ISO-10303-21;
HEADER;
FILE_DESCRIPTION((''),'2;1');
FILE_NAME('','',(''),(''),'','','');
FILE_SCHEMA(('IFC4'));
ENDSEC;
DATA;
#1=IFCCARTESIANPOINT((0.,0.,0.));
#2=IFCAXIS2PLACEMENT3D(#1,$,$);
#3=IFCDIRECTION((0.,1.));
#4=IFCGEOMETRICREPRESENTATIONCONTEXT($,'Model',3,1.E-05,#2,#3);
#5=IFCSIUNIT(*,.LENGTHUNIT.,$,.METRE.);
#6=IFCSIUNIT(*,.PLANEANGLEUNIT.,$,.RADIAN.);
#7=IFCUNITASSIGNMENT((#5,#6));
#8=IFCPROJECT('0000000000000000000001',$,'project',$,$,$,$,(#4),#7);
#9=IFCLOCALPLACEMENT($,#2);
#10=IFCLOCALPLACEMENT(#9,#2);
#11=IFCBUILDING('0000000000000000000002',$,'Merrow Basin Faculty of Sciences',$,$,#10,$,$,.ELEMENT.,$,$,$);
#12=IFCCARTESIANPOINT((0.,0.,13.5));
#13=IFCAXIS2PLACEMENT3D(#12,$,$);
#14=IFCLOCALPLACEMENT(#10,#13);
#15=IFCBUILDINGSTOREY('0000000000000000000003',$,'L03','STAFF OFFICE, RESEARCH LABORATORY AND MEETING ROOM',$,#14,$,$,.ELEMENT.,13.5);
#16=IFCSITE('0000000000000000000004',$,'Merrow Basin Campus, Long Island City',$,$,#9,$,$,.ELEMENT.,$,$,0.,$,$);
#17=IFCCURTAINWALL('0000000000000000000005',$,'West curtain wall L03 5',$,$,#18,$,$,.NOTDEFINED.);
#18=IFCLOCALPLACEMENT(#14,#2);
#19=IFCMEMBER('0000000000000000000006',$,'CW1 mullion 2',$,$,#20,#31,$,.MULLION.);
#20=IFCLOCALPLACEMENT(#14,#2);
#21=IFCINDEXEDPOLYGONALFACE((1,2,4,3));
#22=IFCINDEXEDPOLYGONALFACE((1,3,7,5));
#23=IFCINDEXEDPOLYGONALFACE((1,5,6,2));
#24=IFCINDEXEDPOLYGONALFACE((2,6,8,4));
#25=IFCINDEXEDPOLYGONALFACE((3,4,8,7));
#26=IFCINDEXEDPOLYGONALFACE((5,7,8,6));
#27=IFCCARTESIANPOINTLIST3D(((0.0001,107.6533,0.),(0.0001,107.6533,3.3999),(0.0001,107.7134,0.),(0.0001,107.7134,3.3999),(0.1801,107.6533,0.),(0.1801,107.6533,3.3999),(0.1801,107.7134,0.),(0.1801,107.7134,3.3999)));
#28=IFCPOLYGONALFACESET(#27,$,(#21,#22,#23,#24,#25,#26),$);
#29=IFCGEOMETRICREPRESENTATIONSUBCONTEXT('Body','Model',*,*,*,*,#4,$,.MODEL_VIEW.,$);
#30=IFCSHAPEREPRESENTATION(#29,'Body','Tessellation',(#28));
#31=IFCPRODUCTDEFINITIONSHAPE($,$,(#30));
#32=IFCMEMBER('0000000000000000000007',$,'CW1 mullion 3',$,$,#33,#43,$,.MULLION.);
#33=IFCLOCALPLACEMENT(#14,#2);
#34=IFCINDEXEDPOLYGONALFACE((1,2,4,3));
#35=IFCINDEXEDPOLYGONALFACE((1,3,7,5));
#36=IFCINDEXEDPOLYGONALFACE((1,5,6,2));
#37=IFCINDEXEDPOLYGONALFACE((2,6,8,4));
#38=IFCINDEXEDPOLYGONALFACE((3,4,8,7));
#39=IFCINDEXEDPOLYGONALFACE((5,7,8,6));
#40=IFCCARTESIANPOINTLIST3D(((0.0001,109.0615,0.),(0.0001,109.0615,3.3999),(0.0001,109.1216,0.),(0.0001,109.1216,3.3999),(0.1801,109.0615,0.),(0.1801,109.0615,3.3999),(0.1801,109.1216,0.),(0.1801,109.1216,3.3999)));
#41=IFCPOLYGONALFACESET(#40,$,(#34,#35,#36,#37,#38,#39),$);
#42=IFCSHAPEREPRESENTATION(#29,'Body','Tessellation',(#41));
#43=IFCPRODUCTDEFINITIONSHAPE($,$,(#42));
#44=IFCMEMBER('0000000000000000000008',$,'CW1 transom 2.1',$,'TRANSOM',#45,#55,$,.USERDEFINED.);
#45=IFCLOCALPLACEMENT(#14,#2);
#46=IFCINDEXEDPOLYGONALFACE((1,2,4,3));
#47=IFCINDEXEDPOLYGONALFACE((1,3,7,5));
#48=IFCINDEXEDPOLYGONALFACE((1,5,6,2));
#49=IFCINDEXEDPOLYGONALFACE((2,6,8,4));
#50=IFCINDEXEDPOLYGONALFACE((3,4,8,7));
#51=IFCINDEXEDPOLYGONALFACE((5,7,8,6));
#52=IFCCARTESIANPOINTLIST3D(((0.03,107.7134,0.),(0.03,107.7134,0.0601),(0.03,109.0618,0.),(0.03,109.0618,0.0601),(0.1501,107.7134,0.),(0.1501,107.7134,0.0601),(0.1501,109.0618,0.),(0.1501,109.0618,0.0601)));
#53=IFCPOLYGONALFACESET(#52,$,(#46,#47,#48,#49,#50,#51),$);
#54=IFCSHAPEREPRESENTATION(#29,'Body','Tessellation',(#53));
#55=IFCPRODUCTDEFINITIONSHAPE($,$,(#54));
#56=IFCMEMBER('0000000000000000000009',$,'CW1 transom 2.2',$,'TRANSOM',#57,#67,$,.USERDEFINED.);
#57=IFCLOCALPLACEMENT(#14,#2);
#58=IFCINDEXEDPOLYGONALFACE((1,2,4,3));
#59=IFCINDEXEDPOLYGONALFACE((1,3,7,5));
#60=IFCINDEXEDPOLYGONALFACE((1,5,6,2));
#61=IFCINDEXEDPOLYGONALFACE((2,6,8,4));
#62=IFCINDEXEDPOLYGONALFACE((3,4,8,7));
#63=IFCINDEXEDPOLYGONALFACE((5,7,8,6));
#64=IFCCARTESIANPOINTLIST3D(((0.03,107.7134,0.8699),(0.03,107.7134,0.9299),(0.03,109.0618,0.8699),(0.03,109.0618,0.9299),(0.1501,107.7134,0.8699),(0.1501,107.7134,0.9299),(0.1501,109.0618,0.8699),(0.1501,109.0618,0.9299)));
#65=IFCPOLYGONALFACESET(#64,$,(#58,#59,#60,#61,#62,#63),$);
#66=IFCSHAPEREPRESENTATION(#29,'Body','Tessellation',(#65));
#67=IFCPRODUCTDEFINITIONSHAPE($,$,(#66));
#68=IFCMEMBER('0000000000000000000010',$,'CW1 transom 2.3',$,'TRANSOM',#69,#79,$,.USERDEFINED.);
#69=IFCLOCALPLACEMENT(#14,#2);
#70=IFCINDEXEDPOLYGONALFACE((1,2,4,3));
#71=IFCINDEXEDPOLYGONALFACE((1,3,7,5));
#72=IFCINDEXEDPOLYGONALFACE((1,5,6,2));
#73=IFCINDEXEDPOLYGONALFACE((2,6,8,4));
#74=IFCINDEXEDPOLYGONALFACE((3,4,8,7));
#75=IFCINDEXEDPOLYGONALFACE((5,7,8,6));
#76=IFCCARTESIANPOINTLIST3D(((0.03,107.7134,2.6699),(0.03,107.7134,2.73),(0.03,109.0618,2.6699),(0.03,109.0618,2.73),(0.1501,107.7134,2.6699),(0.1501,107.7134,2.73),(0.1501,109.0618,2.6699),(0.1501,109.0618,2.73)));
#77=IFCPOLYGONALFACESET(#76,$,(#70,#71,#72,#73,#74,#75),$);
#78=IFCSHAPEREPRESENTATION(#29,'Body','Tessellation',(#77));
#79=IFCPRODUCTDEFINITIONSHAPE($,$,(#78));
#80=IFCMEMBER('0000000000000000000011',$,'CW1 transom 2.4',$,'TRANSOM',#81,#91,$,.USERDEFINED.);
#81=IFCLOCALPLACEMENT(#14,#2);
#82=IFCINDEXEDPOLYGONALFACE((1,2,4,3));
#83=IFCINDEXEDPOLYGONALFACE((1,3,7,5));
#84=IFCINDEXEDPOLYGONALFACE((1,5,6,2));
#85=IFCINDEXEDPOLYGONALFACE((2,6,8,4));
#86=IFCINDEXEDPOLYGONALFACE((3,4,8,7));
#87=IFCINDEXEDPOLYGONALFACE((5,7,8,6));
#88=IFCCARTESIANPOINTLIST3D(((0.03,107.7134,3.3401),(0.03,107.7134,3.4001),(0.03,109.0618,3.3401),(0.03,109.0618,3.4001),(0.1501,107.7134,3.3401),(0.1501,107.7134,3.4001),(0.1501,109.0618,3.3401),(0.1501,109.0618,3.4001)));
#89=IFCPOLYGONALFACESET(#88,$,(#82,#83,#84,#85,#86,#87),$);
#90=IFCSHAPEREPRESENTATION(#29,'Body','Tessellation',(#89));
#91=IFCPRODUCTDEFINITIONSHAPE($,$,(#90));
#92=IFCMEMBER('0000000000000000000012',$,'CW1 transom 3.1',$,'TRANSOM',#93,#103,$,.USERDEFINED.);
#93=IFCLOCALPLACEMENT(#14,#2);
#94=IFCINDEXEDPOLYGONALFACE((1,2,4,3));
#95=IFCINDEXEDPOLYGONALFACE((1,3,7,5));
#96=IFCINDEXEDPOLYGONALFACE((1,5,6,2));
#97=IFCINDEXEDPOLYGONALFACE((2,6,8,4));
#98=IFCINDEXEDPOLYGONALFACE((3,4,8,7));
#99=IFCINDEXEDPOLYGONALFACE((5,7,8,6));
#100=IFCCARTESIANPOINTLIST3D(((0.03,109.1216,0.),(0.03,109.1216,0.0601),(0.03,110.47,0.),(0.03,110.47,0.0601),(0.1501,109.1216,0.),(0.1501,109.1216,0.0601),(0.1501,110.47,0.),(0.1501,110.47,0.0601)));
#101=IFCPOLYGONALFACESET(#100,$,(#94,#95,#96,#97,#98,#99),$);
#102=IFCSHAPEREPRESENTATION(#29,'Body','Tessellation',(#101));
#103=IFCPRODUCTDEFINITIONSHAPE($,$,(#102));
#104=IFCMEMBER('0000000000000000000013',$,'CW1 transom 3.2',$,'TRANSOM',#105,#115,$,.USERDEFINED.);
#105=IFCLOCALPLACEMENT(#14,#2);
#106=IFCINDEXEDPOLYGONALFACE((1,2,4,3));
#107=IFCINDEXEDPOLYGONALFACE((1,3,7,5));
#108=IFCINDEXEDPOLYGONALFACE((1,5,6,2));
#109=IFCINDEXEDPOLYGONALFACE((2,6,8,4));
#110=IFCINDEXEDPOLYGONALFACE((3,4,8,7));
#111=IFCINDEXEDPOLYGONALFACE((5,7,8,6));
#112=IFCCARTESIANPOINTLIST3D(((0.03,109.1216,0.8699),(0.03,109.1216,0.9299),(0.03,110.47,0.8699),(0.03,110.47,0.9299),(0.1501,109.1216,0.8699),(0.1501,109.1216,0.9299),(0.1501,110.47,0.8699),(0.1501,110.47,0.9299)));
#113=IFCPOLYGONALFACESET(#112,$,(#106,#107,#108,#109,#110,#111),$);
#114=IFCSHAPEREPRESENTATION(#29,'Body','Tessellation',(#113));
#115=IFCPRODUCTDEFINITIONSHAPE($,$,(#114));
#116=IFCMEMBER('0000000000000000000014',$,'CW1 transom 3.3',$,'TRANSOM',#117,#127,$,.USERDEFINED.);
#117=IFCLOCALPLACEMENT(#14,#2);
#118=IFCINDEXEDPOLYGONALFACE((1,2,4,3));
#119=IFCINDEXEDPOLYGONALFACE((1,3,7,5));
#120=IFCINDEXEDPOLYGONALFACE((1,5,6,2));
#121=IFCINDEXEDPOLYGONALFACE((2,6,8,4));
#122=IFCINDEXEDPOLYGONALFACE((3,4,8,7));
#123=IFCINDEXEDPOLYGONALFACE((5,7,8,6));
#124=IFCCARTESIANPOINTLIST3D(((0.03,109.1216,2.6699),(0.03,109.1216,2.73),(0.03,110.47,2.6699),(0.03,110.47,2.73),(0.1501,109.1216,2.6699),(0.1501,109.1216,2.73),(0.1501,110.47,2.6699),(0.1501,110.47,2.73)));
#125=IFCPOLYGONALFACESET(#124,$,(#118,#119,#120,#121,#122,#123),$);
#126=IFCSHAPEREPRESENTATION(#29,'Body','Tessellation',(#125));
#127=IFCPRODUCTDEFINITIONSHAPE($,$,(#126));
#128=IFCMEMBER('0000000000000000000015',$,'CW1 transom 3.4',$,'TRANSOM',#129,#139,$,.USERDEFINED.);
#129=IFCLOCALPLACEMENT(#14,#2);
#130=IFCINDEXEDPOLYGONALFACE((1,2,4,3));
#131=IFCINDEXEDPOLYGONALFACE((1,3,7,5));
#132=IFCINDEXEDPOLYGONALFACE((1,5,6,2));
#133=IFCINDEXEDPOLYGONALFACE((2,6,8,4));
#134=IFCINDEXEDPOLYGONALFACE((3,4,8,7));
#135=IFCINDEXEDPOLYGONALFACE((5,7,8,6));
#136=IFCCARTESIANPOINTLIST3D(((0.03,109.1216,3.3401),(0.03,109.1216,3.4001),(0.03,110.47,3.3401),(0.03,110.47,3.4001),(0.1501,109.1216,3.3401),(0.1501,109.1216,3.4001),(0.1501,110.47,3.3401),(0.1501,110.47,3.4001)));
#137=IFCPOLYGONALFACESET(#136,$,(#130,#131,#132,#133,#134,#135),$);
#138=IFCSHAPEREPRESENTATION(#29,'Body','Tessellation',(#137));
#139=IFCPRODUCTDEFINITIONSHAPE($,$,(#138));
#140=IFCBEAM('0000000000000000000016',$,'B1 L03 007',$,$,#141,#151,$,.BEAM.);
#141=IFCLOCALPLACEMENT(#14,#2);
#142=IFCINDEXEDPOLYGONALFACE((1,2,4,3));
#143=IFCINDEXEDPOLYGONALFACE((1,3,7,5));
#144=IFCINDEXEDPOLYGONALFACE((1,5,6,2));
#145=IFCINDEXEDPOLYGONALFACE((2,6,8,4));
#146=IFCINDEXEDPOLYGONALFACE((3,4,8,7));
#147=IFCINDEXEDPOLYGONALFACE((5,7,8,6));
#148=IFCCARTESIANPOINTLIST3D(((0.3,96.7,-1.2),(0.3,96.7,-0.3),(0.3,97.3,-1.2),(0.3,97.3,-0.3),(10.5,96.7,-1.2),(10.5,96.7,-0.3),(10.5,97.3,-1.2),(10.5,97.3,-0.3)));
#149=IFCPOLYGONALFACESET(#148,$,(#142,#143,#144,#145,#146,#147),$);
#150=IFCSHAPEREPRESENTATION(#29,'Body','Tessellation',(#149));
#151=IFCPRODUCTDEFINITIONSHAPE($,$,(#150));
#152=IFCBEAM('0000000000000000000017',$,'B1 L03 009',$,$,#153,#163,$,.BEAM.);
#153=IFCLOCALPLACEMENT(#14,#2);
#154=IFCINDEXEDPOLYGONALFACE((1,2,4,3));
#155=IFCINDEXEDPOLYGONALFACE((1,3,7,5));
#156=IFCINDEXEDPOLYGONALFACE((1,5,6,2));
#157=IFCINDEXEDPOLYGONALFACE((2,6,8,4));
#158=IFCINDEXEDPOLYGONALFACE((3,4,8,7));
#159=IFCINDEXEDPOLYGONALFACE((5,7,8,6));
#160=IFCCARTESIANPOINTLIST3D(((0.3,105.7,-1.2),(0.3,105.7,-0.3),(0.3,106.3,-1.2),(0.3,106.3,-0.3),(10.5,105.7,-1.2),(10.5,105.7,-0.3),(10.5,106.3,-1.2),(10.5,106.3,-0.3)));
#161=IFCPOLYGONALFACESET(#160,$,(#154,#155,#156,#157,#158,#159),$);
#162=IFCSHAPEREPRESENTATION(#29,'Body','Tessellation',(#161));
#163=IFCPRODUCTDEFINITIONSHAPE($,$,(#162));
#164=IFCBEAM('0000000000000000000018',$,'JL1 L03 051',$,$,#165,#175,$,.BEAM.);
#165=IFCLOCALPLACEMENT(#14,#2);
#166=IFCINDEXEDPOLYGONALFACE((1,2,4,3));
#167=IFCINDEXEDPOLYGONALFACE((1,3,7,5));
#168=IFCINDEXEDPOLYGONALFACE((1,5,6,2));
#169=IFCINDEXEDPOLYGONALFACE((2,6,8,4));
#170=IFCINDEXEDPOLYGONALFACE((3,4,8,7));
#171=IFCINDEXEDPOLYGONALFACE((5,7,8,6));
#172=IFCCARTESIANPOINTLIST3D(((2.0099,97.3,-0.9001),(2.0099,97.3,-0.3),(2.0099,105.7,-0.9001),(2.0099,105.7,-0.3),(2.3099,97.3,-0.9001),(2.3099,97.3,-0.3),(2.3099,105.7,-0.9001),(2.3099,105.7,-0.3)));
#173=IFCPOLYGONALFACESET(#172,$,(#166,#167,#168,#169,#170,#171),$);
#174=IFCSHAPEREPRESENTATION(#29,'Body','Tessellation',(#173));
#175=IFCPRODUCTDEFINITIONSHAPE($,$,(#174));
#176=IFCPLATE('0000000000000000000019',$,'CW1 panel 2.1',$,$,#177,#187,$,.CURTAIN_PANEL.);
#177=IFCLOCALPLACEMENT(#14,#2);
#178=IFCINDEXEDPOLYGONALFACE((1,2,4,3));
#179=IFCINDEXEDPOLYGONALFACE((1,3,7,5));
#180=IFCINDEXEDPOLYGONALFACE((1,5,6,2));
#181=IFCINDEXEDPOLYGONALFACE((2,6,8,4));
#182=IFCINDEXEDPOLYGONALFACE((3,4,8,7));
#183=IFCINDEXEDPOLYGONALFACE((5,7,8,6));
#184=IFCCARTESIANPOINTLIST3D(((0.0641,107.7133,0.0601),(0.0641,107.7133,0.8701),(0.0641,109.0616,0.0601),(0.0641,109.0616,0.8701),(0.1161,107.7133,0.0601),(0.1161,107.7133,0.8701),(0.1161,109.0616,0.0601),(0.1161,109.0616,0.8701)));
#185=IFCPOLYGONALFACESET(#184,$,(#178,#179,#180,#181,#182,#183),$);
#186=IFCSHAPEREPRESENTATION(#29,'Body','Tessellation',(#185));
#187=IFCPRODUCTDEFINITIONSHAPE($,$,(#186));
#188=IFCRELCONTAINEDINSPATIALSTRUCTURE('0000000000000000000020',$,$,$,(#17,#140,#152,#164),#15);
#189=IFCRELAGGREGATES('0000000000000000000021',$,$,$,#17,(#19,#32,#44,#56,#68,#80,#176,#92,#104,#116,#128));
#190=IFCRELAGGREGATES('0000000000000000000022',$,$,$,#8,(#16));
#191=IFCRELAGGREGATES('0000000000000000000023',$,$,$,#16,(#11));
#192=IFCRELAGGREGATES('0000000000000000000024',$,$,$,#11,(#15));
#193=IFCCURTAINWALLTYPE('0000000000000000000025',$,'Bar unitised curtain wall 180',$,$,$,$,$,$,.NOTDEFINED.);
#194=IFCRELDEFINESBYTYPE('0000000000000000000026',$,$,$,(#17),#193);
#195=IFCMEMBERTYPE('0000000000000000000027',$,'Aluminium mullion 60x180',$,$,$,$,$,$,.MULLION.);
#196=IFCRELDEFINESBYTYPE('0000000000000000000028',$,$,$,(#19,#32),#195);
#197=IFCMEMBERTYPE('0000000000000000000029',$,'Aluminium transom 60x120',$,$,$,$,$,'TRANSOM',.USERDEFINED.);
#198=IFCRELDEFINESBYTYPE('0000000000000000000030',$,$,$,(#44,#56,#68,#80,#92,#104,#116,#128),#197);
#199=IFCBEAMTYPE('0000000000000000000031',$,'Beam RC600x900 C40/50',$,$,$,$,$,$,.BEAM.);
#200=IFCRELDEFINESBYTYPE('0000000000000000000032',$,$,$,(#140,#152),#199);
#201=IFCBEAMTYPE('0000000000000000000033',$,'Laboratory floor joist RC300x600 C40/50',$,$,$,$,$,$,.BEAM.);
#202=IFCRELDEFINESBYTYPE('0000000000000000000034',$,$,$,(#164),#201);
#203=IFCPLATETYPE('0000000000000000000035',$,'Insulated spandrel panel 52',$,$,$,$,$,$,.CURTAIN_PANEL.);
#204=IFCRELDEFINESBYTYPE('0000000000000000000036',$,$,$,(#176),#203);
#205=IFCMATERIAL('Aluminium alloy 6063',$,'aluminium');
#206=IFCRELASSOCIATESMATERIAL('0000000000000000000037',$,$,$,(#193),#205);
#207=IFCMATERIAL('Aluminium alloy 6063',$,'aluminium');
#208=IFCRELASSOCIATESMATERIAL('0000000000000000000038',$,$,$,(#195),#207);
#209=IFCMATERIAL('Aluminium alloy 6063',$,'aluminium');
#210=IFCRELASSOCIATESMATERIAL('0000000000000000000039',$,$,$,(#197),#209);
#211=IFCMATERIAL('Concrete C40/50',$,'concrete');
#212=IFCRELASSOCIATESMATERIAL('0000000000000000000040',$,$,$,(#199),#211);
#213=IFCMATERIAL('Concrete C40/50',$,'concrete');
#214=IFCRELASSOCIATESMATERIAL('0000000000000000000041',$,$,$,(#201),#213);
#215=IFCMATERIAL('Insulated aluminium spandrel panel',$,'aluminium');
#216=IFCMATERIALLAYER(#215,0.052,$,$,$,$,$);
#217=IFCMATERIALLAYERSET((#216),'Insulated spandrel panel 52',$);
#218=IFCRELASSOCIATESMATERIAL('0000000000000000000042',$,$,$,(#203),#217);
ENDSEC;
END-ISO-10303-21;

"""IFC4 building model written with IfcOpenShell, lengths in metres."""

from ifc_helpers import new_model, si_unit, direction, frame, origin, origin_2d, place, context, subcontext, project, spatial, rectangle, extrude, material, layer, layer_set, material_profile, profile_set, type_object, element, aggregate, save


model = new_model("IFC4")

# Units and contexts
model_context = context("Model", 3, precision=1e-05, world=origin(), true_north=direction((0.0, 1.0)))
body_context = subcontext(model_context, "Body", "Model", "MODEL_VIEW")
ifc_project = project(units=[si_unit("LENGTHUNIT", "METRE"), si_unit("PLANEANGLEUNIT", "RADIAN")], contexts=[model_context])

# Site, building, storey
site_placement = place(None, origin())
site = spatial("IfcSite", under=ifc_project, at=site_placement, Name="Merrow Basin Campus, Long Island City", CompositionType="ELEMENT", RefElevation=0.0)
building_placement = place(site_placement, origin())
building = spatial("IfcBuilding", under=site, at=building_placement, Name="Merrow Basin Faculty of Sciences", CompositionType="ELEMENT")
storey_placement = place(building_placement, frame((0.0, 0.0, 13.5)))
storey = spatial("IfcBuildingStorey", under=building, at=storey_placement, Name="L03", Description="STAFF OFFICE, RESEARCH LABORATORY AND MEETING ROOM", CompositionType="ELEMENT", Elevation=13.5)

# Curtain wall, members
ifc_material_1 = material(Name="Aluminium alloy 6063", Category="aluminium")
curtain_wall_type = type_object("IfcCurtainWallType", Name="Bar unitised curtain wall 180", PredefinedType="NOTDEFINED", material=ifc_material_1)
curtain_wall_placement = place(storey_placement, origin())
curtain_wall = element("IfcCurtainWall", 1, at=curtain_wall_placement, inside=storey, type_object=curtain_wall_type, Name="West curtain wall L03 5", PredefinedType="NOTDEFINED")
ifc_material_2 = material(Name="Aluminium alloy 6063", Category="aluminium")
ifc_material_profile_1 = material_profile(ifc_material_2, rectangle(XDim=0.1799, YDim=0.0601, at=origin_2d()))
ifc_profile_set_1 = profile_set([ifc_material_profile_1], Name="Aluminium alloy 6063")
member_type_1 = type_object("IfcMemberType", Name="Aluminium mullion 60x180", PredefinedType="MULLION", material=ifc_profile_set_1)
member_1_placement = place(storey_placement, frame((0.0901, 107.6833, 0.0), z_axis=(0.0, 0.0, 1.0), x_axis=(-1.0, 0.0, 0.0)))
member_1 = element("IfcMember", 2, at=member_1_placement, type_object=member_type_1, Name="CW1 mullion 2", PredefinedType="MULLION", context=body_context, shape_type="SweptSolid", body=[
    extrude(rectangle(XDim=0.1799, YDim=0.0601, at=origin_2d()), origin(), (0.0, 0.0, 1.0), 3.3999),
])
member_2_placement = place(storey_placement, frame((0.0901, 109.0916, 0.0), z_axis=(0.0, 0.0, 1.0), x_axis=(-1.0, 0.0, 0.0)))
member_2 = element("IfcMember", 3, at=member_2_placement, type_object=member_type_1, Name="CW1 mullion 3", PredefinedType="MULLION", context=body_context, shape_type="SweptSolid", body=[
    extrude(rectangle(XDim=0.1799, YDim=0.0601, at=origin_2d()), origin(), (0.0, 0.0, 1.0), 3.3999),
])
ifc_material_3 = material(Name="Aluminium alloy 6063", Category="aluminium")
ifc_material_profile_2 = material_profile(ifc_material_3, rectangle(XDim=0.1201, YDim=0.0601, at=origin_2d()))
ifc_profile_set_2 = profile_set([ifc_material_profile_2], Name="Aluminium alloy 6063")
member_type_2 = type_object("IfcMemberType", Name="Aluminium transom 60x120", ElementType="TRANSOM", PredefinedType="USERDEFINED", material=ifc_profile_set_2)
member_3_placement = place(storey_placement, frame((0.0901, 107.7134, 0.03), z_axis=(0.0, 1.0, 0.0), x_axis=(-1.0, 0.0, 0.0)))
member_3 = element("IfcMember", 4, at=member_3_placement, type_object=member_type_2, Name="CW1 transom 2.1", ObjectType="TRANSOM", PredefinedType="USERDEFINED", context=body_context, shape_type="SweptSolid", body=[
    extrude(rectangle(XDim=0.1201, YDim=0.0601, at=origin_2d()), origin(), (0.0, 0.0, 1.0), 1.3484),
])
member_4_placement = place(storey_placement, frame((0.0901, 107.7134, 0.8999), z_axis=(0.0, 1.0, 0.0), x_axis=(-1.0, 0.0, 0.0)))
member_4 = element("IfcMember", 5, at=member_4_placement, type_object=member_type_2, Name="CW1 transom 2.2", ObjectType="TRANSOM", PredefinedType="USERDEFINED", context=body_context, shape_type="SweptSolid", body=[
    extrude(rectangle(XDim=0.1201, YDim=0.0601, at=origin_2d()), origin(), (0.0, 0.0, 1.0), 1.3484),
])
member_5_placement = place(storey_placement, frame((0.0901, 107.7134, 2.7), z_axis=(0.0, 1.0, 0.0), x_axis=(-1.0, 0.0, 0.0)))
member_5 = element("IfcMember", 6, at=member_5_placement, type_object=member_type_2, Name="CW1 transom 2.3", ObjectType="TRANSOM", PredefinedType="USERDEFINED", context=body_context, shape_type="SweptSolid", body=[
    extrude(rectangle(XDim=0.1201, YDim=0.0601, at=origin_2d()), origin(), (0.0, 0.0, 1.0), 1.3484),
])
member_6_placement = place(storey_placement, frame((0.0901, 107.7134, 3.3701), z_axis=(0.0, 1.0, 0.0), x_axis=(-1.0, 0.0, 0.0)))
member_6 = element("IfcMember", 7, at=member_6_placement, type_object=member_type_2, Name="CW1 transom 2.4", ObjectType="TRANSOM", PredefinedType="USERDEFINED", context=body_context, shape_type="SweptSolid", body=[
    extrude(rectangle(XDim=0.1201, YDim=0.0601, at=origin_2d()), origin(), (0.0, 0.0, 1.0), 1.3484),
])
member_7_placement = place(storey_placement, frame((0.0901, 109.1216, 0.03), z_axis=(0.0, 1.0, 0.0), x_axis=(-1.0, 0.0, 0.0)))
member_7 = element("IfcMember", 8, at=member_7_placement, type_object=member_type_2, Name="CW1 transom 3.1", ObjectType="TRANSOM", PredefinedType="USERDEFINED", context=body_context, shape_type="SweptSolid", body=[
    extrude(rectangle(XDim=0.1201, YDim=0.0601, at=origin_2d()), origin(), (0.0, 0.0, 1.0), 1.3484),
])
member_8_placement = place(storey_placement, frame((0.0901, 109.1216, 0.8999), z_axis=(0.0, 1.0, 0.0), x_axis=(-1.0, 0.0, 0.0)))
member_8 = element("IfcMember", 9, at=member_8_placement, type_object=member_type_2, Name="CW1 transom 3.2", ObjectType="TRANSOM", PredefinedType="USERDEFINED", context=body_context, shape_type="SweptSolid", body=[
    extrude(rectangle(XDim=0.1201, YDim=0.0601, at=origin_2d()), origin(), (0.0, 0.0, 1.0), 1.3484),
])
member_9_placement = place(storey_placement, frame((0.0901, 109.1216, 2.7), z_axis=(0.0, 1.0, 0.0), x_axis=(-1.0, 0.0, 0.0)))
member_9 = element("IfcMember", 10, at=member_9_placement, type_object=member_type_2, Name="CW1 transom 3.3", ObjectType="TRANSOM", PredefinedType="USERDEFINED", context=body_context, shape_type="SweptSolid", body=[
    extrude(rectangle(XDim=0.1201, YDim=0.0601, at=origin_2d()), origin(), (0.0, 0.0, 1.0), 1.3484),
])
member_10_placement = place(storey_placement, frame((0.0901, 109.1216, 3.3701), z_axis=(0.0, 1.0, 0.0), x_axis=(-1.0, 0.0, 0.0)))
member_10 = element("IfcMember", 11, at=member_10_placement, type_object=member_type_2, Name="CW1 transom 3.4", ObjectType="TRANSOM", PredefinedType="USERDEFINED", context=body_context, shape_type="SweptSolid", body=[
    extrude(rectangle(XDim=0.1201, YDim=0.0601, at=origin_2d()), origin(), (0.0, 0.0, 1.0), 1.3484),
])

# Beams
ifc_material_4 = material(Name="Concrete C40/50", Category="concrete")
ifc_material_profile_3 = material_profile(ifc_material_4, rectangle(XDim=0.6001, YDim=0.8999, at=origin_2d()))
ifc_profile_set_3 = profile_set([ifc_material_profile_3], Name="Concrete C40/50")
beam_type_1 = type_object("IfcBeamType", Name="Beam RC600x900 C40/50", PredefinedType="BEAM", material=ifc_profile_set_3)
for number, where, z_axis, x_axis, name in (
    (12, (0.3, 97.0, -0.75), (1.0, 0.0, 0.0), (0.0, 1.0, 0.0), "B1 L03 007"),
    (13, (0.3, 106.0, -0.75), (1.0, 0.0, 0.0), (0.0, 1.0, 0.0), "B1 L03 009"),
):
    element("IfcBeam", number, at=place(storey_placement, frame(where, z_axis=z_axis, x_axis=x_axis)), inside=storey, type_object=beam_type_1, Name=name, PredefinedType="BEAM", context=body_context, shape_type="SweptSolid", body=[
        extrude(rectangle(XDim=0.6001, YDim=0.8999, at=origin_2d()), origin(), (0.0, 0.0, 1.0), 10.2),
    ])
ifc_material_5 = material(Name="Concrete C40/50", Category="concrete")
ifc_material_profile_4 = material_profile(ifc_material_5, rectangle(XDim=0.3, YDim=0.6001, at=origin_2d()))
ifc_profile_set_4 = profile_set([ifc_material_profile_4], Name="Concrete C40/50")
beam_type_2 = type_object("IfcBeamType", Name="Laboratory floor joist RC300x600 C40/50", PredefinedType="BEAM", material=ifc_profile_set_4)
beam_placement = place(storey_placement, frame((2.1599, 97.3, -0.6001), z_axis=(0.0, 1.0, 0.0), x_axis=(-1.0, 0.0, 0.0)))
element("IfcBeam", 14, at=beam_placement, inside=storey, type_object=beam_type_2, Name="JL1 L03 051", PredefinedType="BEAM", context=body_context, shape_type="SweptSolid", body=[
    extrude(rectangle(XDim=0.3, YDim=0.6001, at=origin_2d()), origin(), (0.0, 0.0, 1.0), 8.3999),
])

# Plate
ifc_material_6 = material(Name="Insulated aluminium spandrel panel", Category="aluminium")
ifc_layer_1 = layer(ifc_material_6, 0.052)
ifc_layer_set_1 = layer_set([ifc_layer_1], Name="Insulated spandrel panel 52")
plate_type_1 = type_object("IfcPlateType", Name="Insulated spandrel panel 52", PredefinedType="CURTAIN_PANEL", material=ifc_layer_set_1)
plate_1_placement = place(storey_placement, frame((0.0901, 108.3875, 0.0601), z_axis=(0.0, 0.0, 1.0), x_axis=(0.0, 1.0, 0.0)))
plate_1 = element("IfcPlate", 15, at=plate_1_placement, type_object=plate_type_1, Name="CW1 panel 2.1", PredefinedType="CURTAIN_PANEL", context=body_context, shape_type="SweptSolid", body=[
    extrude(rectangle(XDim=1.3484, YDim=0.052, at=origin_2d()), origin(), (0.0, 0.0, 1.0), 0.8101),
])
aggregate(curtain_wall, [member_1, member_2, member_3, member_4, member_5, member_6, plate_1, member_7, member_8, member_9, member_10])

save(model, "model.ifc")
